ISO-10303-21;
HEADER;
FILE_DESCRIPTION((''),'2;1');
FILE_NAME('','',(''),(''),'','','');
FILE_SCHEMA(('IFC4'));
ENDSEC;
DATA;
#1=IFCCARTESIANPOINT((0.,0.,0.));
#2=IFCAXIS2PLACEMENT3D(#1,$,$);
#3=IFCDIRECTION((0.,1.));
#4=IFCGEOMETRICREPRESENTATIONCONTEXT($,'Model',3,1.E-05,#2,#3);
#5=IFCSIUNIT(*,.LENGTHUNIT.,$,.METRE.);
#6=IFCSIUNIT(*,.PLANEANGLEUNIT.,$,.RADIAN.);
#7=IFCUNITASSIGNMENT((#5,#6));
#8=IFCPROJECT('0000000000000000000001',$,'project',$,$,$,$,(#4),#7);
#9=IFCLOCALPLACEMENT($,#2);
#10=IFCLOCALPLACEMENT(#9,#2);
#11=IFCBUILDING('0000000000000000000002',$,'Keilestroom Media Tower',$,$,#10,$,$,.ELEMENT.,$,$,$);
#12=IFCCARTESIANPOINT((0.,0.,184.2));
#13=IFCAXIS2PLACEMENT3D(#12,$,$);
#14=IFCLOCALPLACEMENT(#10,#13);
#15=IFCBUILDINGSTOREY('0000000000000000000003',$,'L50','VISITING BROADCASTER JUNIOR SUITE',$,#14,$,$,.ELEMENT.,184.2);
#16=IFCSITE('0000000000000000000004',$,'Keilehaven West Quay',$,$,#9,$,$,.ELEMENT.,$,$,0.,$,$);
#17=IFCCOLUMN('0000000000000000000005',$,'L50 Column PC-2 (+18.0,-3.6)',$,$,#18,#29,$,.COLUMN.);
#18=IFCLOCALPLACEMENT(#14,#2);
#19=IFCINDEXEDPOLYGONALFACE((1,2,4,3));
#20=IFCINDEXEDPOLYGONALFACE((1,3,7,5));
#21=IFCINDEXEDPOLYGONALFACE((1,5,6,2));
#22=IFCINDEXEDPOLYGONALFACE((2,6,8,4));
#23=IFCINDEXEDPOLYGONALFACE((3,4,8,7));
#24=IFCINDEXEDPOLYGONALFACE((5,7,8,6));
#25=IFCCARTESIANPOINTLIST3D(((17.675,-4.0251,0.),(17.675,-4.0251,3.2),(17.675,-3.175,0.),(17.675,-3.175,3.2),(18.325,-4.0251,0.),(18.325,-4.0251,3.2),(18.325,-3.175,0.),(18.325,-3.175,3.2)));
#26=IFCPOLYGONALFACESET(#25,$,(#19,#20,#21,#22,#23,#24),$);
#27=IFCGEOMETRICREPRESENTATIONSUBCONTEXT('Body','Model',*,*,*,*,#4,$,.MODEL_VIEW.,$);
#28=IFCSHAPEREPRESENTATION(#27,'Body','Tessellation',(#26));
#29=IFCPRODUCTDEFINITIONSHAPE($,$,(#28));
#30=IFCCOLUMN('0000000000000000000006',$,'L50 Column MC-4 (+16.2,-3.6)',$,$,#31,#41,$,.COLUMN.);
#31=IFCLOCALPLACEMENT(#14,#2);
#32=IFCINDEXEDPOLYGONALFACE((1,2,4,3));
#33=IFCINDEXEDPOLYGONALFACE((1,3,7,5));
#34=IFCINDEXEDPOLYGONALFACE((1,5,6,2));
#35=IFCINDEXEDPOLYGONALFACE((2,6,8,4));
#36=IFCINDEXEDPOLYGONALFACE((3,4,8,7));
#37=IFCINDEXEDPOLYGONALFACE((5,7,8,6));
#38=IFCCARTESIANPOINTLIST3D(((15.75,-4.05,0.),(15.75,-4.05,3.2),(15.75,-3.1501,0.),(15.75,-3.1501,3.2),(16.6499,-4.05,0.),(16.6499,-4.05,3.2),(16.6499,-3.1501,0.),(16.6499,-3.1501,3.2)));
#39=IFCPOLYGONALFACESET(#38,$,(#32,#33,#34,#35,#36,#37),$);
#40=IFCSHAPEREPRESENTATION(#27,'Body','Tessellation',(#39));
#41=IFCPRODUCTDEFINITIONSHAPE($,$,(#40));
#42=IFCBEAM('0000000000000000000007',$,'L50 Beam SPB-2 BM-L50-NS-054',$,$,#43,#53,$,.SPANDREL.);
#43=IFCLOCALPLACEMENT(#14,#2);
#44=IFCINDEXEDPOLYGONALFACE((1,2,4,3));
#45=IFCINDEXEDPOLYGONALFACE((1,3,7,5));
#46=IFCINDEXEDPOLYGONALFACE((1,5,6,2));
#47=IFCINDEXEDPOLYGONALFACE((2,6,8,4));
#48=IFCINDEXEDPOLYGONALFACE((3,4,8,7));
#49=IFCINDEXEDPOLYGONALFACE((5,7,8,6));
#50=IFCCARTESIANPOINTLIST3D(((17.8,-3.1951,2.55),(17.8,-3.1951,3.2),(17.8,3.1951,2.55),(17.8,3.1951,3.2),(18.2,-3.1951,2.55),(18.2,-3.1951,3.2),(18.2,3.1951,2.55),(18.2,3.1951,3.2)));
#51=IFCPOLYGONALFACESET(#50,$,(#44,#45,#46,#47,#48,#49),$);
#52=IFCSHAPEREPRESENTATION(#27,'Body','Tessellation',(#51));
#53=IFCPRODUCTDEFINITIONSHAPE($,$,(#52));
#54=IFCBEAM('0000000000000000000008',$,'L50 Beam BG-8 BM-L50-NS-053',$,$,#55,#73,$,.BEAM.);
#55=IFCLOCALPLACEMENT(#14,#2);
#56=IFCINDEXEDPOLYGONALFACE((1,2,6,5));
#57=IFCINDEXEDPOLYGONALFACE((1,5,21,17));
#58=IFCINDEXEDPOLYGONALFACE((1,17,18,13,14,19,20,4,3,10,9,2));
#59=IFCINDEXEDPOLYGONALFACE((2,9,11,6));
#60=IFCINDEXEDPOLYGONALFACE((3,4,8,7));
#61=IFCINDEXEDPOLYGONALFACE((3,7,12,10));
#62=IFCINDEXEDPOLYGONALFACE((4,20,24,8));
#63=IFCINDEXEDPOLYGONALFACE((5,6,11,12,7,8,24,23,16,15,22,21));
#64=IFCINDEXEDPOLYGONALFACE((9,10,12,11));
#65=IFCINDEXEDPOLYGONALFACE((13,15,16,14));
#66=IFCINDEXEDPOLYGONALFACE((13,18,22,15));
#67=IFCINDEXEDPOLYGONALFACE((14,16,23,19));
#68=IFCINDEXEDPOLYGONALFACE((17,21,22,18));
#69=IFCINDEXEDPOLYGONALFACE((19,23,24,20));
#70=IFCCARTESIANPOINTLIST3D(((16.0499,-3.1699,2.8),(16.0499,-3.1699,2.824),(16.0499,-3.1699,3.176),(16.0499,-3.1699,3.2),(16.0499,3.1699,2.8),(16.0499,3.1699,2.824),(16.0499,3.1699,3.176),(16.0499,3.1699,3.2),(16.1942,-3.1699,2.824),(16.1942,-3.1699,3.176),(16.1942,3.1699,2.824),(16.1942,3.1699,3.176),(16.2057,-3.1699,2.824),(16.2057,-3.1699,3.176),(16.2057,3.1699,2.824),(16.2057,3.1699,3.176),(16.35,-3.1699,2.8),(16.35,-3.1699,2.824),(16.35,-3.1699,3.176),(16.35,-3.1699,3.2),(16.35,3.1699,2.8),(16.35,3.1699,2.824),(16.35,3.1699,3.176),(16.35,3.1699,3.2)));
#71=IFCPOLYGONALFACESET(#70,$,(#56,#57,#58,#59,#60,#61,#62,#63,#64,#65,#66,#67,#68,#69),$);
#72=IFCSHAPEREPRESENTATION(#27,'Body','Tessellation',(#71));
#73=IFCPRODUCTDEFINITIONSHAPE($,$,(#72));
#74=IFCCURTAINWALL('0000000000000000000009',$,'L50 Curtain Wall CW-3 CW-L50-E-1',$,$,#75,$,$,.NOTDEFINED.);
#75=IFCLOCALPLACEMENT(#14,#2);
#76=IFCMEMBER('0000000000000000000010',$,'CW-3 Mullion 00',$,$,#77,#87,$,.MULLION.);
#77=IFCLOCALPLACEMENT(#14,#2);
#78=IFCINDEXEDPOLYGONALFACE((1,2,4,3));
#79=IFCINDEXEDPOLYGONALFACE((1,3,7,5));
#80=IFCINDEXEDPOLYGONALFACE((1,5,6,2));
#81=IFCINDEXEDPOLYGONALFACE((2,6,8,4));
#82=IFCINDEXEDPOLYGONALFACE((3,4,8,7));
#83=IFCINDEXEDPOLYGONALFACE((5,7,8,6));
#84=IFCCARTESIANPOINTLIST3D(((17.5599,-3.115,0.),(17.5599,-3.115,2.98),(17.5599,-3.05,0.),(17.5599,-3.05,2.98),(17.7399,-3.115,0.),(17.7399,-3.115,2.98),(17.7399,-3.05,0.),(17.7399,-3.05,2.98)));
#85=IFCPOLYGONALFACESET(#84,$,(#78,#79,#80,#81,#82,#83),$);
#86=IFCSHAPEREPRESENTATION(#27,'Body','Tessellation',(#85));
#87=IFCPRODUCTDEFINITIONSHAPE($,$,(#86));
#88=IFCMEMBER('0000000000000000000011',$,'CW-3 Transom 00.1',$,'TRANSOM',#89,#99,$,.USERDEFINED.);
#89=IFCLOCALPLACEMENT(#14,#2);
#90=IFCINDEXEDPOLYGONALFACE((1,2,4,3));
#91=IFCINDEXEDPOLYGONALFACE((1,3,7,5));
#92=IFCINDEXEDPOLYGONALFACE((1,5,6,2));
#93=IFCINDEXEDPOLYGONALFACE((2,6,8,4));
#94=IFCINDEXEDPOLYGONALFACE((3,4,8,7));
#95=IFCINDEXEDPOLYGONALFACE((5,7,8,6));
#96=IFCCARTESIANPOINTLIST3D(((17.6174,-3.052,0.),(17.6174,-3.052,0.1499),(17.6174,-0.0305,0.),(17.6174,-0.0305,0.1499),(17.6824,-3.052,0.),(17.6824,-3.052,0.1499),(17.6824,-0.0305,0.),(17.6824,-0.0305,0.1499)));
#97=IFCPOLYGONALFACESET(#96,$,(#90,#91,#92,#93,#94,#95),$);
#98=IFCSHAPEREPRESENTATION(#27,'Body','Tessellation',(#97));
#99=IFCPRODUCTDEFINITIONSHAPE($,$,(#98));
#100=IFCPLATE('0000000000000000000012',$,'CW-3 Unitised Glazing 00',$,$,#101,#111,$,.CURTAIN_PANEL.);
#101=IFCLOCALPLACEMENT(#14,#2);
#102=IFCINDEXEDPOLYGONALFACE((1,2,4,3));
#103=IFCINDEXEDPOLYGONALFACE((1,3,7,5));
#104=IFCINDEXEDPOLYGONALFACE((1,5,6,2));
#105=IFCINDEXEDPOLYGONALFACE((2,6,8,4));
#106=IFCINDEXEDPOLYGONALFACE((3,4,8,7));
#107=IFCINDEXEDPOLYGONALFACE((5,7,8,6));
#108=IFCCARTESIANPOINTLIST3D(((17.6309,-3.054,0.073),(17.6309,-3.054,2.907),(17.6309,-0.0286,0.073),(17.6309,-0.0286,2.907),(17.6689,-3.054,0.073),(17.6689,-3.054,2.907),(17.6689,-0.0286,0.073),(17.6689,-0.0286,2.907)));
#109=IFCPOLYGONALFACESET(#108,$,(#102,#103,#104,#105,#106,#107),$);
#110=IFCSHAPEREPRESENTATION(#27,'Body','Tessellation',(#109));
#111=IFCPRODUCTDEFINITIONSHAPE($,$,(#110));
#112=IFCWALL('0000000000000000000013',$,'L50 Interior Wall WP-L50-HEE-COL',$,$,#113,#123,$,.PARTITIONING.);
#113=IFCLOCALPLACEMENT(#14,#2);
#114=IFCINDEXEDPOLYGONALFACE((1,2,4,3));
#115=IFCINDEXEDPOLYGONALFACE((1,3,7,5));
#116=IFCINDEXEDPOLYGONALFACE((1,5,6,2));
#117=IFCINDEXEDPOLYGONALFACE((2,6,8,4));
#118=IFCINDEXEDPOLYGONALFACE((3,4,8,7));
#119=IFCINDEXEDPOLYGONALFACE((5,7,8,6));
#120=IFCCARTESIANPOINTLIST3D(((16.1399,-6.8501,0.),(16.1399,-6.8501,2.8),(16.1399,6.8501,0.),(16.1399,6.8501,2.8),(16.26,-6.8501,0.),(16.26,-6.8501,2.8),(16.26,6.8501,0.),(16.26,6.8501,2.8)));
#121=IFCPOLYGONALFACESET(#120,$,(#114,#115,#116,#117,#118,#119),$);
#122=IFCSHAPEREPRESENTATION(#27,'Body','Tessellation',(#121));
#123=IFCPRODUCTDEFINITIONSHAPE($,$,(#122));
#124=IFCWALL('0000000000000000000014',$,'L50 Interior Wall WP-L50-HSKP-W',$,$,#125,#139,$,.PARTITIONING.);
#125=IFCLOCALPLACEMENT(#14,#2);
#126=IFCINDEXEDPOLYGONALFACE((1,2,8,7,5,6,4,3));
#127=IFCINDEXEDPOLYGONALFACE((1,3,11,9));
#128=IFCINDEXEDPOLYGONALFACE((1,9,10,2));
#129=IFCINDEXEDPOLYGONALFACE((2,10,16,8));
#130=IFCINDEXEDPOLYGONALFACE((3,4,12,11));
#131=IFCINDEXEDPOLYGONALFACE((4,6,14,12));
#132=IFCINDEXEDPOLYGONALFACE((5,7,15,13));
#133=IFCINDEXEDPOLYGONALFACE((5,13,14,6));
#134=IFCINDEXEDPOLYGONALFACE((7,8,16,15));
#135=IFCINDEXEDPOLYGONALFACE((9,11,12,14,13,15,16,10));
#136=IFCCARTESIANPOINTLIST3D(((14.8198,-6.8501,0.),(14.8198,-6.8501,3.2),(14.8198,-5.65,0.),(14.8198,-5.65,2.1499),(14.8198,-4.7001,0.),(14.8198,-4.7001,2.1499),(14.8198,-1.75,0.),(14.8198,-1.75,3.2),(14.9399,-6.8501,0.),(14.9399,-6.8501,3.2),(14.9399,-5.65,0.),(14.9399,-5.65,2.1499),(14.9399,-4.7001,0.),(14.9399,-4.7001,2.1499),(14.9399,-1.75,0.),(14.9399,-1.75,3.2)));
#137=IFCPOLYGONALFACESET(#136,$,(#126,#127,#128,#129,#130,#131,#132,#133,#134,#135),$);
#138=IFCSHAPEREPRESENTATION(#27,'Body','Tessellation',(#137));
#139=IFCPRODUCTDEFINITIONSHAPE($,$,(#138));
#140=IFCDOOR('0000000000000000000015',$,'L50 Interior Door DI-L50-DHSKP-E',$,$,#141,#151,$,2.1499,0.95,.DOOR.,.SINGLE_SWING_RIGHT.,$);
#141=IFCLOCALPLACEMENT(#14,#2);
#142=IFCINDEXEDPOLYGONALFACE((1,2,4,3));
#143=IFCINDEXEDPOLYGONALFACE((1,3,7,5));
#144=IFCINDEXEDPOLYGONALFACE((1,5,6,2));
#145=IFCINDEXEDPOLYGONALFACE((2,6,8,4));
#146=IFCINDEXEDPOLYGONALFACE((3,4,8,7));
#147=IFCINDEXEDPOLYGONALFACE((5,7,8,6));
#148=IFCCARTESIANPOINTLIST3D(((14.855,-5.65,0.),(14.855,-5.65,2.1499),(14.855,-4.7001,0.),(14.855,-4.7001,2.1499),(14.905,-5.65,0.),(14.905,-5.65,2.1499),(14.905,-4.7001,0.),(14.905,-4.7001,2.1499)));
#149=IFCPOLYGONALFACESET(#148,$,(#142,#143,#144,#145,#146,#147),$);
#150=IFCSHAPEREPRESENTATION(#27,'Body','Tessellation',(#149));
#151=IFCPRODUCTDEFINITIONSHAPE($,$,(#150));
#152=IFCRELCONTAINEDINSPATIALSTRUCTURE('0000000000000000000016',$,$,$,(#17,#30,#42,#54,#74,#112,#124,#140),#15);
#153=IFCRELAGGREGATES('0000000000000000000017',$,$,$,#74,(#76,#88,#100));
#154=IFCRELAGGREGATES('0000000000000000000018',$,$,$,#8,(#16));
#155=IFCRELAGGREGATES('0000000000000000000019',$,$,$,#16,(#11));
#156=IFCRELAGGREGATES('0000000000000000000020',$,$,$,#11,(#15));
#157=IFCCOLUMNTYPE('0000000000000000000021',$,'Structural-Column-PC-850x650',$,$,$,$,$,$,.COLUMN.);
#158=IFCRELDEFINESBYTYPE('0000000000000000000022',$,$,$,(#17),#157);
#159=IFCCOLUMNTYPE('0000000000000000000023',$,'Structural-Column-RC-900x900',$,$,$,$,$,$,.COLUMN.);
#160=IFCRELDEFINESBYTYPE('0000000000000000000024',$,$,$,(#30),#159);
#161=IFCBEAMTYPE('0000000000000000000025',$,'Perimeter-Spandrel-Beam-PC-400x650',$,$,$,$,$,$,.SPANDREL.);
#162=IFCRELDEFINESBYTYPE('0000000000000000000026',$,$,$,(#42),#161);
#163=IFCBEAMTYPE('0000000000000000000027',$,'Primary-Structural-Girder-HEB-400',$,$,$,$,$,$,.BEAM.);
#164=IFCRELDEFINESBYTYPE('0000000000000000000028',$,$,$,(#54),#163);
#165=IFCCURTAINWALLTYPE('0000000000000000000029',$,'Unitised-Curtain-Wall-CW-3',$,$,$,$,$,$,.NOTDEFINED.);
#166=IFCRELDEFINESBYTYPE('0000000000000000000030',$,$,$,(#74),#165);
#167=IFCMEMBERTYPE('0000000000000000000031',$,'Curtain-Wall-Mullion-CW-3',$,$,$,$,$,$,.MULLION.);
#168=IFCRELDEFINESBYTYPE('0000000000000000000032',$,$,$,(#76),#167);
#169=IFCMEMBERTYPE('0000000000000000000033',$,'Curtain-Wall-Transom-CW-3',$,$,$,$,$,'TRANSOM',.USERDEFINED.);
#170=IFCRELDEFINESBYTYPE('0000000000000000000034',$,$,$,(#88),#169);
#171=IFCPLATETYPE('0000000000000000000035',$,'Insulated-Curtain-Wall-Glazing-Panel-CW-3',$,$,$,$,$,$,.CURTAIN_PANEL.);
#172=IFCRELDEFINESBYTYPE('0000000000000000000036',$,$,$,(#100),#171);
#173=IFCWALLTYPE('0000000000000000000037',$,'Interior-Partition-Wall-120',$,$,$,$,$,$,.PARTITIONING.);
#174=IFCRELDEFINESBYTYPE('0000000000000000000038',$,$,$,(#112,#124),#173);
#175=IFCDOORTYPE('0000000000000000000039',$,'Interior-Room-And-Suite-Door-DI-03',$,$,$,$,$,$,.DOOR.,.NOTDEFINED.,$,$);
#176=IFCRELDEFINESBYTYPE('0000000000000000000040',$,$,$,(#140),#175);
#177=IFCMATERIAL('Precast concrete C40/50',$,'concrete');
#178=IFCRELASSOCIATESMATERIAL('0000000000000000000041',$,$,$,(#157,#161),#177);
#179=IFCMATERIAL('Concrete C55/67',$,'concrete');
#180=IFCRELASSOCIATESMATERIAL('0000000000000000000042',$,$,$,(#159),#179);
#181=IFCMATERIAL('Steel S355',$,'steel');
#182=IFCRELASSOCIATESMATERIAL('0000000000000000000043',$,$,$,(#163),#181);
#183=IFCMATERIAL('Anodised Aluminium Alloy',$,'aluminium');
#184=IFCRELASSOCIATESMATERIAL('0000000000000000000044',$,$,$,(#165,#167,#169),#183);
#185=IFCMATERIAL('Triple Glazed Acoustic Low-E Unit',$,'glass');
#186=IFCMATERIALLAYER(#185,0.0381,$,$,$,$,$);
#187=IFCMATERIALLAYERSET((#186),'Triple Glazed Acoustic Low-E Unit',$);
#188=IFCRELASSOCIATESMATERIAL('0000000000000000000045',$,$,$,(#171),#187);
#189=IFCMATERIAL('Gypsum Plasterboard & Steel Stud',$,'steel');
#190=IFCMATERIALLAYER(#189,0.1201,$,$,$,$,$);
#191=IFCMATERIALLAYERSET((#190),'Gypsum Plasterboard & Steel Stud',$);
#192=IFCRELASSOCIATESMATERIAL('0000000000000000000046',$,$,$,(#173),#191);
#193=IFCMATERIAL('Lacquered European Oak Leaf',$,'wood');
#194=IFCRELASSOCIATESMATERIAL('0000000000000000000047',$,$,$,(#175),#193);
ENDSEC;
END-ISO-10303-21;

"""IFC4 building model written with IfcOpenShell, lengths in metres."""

from ifc_helpers import new_model, si_unit, direction, frame, frame_2d, origin, origin_2d, place, context, subcontext, project, spatial, rectangle, i_section, extrude, source, transform, mapped, material, layer, layer_set, material_profile, profile_set, type_object, element, fill, aggregate, save


model = new_model("IFC4")

# Units and contexts
model_context = context("Model", 3, precision=1e-05, world=origin(), true_north=direction((0.0, 1.0)))
body_context = subcontext(model_context, "Body", "Model", "MODEL_VIEW")
ifc_project = project(units=[si_unit("LENGTHUNIT", "METRE"), si_unit("PLANEANGLEUNIT", "RADIAN")], contexts=[model_context])

# Site, building, storey
site_placement = place(None, origin())
site = spatial("IfcSite", under=ifc_project, at=site_placement, Name="Keilehaven West Quay", CompositionType="ELEMENT", RefElevation=0.0)
building_placement = place(site_placement, origin())
building = spatial("IfcBuilding", under=site, at=building_placement, Name="Keilestroom Media Tower", CompositionType="ELEMENT")
storey_placement = place(building_placement, frame((0.0, 0.0, 184.2)))
storey = spatial("IfcBuildingStorey", under=building, at=storey_placement, Name="L50", Description="VISITING BROADCASTER JUNIOR SUITE", CompositionType="ELEMENT", Elevation=184.2)

# Columns
ifc_material_1 = material(Name="Precast concrete C40/50", Category="concrete")
ifc_material_profile_1 = material_profile(ifc_material_1, rectangle(XDim=0.6499, YDim=0.8501, at=origin_2d()), Name="PC 850x650")
ifc_profile_set_1 = profile_set([ifc_material_profile_1], Name="Precast concrete C40/50")
column_type_1 = type_object("IfcColumnType", Name="Structural-Column-PC-850x650", PredefinedType="COLUMN", material=ifc_profile_set_1)
shared_shape_1 = source(origin(), body_context, "Body", "SweptSolid", [
    extrude(rectangle(XDim=0.6499, YDim=0.8501, at=origin_2d()), origin(), (0.0, 0.0, 1.0), 3.2),
])
column_1_placement = place(storey_placement, frame((18.0, -3.6001, 0.0), z_axis=(0.0, 0.0, 1.0), x_axis=(1.0, 0.0, 0.0)))
element("IfcColumn", 1, at=column_1_placement, inside=storey, type_object=column_type_1, Name="L50 Column PC-2 (+18.0,-3.6)", PredefinedType="COLUMN", context=body_context, shape_type="MappedRepresentation", body=[
    mapped(shared_shape_1, transform((0.0, 0.0, 0.0), x_axis=(1.0, 0.0, 0.0), y_axis=(0.0, 1.0, 0.0), z_axis=(0.0, 0.0, 1.0), scale=1.0)),
])
ifc_material_2 = material(Name="Concrete C55/67", Category="concrete")
ifc_material_profile_2 = material_profile(ifc_material_2, rectangle(XDim=0.8999, YDim=0.8999, at=origin_2d()), Name="RC 900x900")
ifc_profile_set_2 = profile_set([ifc_material_profile_2], Name="Concrete C55/67")
column_type_2 = type_object("IfcColumnType", Name="Structural-Column-RC-900x900", PredefinedType="COLUMN", material=ifc_profile_set_2)
shared_shape_2 = source(origin(), body_context, "Body", "SweptSolid", [
    extrude(rectangle(XDim=0.8999, YDim=0.8999, at=origin_2d()), origin(), (0.0, 0.0, 1.0), 3.2),
])
column_2_placement = place(storey_placement, frame((16.2, -3.6001, 0.0), z_axis=(0.0, 0.0, 1.0), x_axis=(1.0, 0.0, 0.0)))
element("IfcColumn", 2, at=column_2_placement, inside=storey, type_object=column_type_2, Name="L50 Column MC-4 (+16.2,-3.6)", PredefinedType="COLUMN", context=body_context, shape_type="MappedRepresentation", body=[
    mapped(shared_shape_2, transform((0.0, 0.0, 0.0), x_axis=(1.0, 0.0, 0.0), y_axis=(0.0, 1.0, 0.0), z_axis=(0.0, 0.0, 1.0), scale=1.0)),
])

# Beams
ifc_material_profile_3 = material_profile(ifc_material_1, rectangle(XDim=0.3999, YDim=0.6499, at=origin_2d()), Name="PC 400x650")
ifc_profile_set_3 = profile_set([ifc_material_profile_3], Name="Precast concrete C40/50")
beam_type_1 = type_object("IfcBeamType", Name="Perimeter-Spandrel-Beam-PC-400x650", PredefinedType="SPANDREL", material=ifc_profile_set_3)
shared_shape_3 = source(origin(), body_context, "Body", "SweptSolid", [
    extrude(rectangle(XDim=0.3999, YDim=0.6499, at=origin_2d()), origin(), (0.0, 0.0, 1.0), 6.3901),
])
beam_1_placement = place(storey_placement, frame((18.0, -3.1951, 2.875), z_axis=(0.0, 1.0, 0.0), x_axis=(-1.0, 0.0, 0.0)))
element("IfcBeam", 3, at=beam_1_placement, inside=storey, type_object=beam_type_1, Name="L50 Beam SPB-2 BM-L50-NS-054", PredefinedType="SPANDREL", context=body_context, shape_type="MappedRepresentation", body=[
    mapped(shared_shape_3, transform((0.0, 0.0, 0.0), x_axis=(1.0, 0.0, 0.0), y_axis=(0.0, 1.0, 0.0), z_axis=(0.0, 0.0, 1.0), scale=1.0)),
])
ifc_material_3 = material(Name="Steel S355", Category="steel")
ifc_material_profile_4 = material_profile(ifc_material_3, i_section(OverallWidth=0.3, OverallDepth=0.3999, WebThickness=0.0115, FlangeThickness=0.0239, at=origin_2d()), Name="HEB 400")
ifc_profile_set_4 = profile_set([ifc_material_profile_4], Name="Steel S355")
beam_type_2 = type_object("IfcBeamType", Name="Primary-Structural-Girder-HEB-400", PredefinedType="BEAM", material=ifc_profile_set_4)
shared_shape_4 = source(origin(), body_context, "Body", "SweptSolid", [
    extrude(i_section(OverallWidth=0.3, OverallDepth=0.3999, WebThickness=0.0115, FlangeThickness=0.0239, at=origin_2d()), origin(), (0.0, 0.0, 1.0), 6.3398),
])
beam_2_placement = place(storey_placement, frame((16.2, -3.1699, 3.0), z_axis=(0.0, 1.0, 0.0), x_axis=(-1.0, 0.0, 0.0)))
element("IfcBeam", 4, at=beam_2_placement, inside=storey, type_object=beam_type_2, Name="L50 Beam BG-8 BM-L50-NS-053", PredefinedType="BEAM", context=body_context, shape_type="MappedRepresentation", body=[
    mapped(shared_shape_4, transform((0.0, 0.0, 0.0), x_axis=(1.0, 0.0, 0.0), y_axis=(0.0, 1.0, 0.0), z_axis=(0.0, 0.0, 1.0), scale=1.0)),
])

# Curtain wall, members, plate
ifc_material_4 = material(Name="Anodised Aluminium Alloy", Category="aluminium")
curtain_wall_type = type_object("IfcCurtainWallType", Name="Unitised-Curtain-Wall-CW-3", PredefinedType="NOTDEFINED", material=ifc_material_4)
curtain_wall_placement = place(storey_placement, origin())
curtain_wall = element("IfcCurtainWall", 5, at=curtain_wall_placement, inside=storey, type_object=curtain_wall_type, Name="L50 Curtain Wall CW-3 CW-L50-E-1", PredefinedType="NOTDEFINED")
ifc_material_profile_5 = material_profile(ifc_material_4, rectangle(XDim=0.0649, YDim=0.1799, at=origin_2d()), Name="ALU MULLION 65x180")
ifc_profile_set_5 = profile_set([ifc_material_profile_5], Name="Anodised Aluminium Alloy")
member_type_1 = type_object("IfcMemberType", Name="Curtain-Wall-Mullion-CW-3", PredefinedType="MULLION", material=ifc_profile_set_5)
shared_shape_5 = source(origin(), body_context, "Body", "SweptSolid", [
    extrude(rectangle(XDim=0.0649, YDim=0.1799, at=origin_2d()), origin(), (0.0, 0.0, 1.0), 2.98),
])
member_1_placement = place(storey_placement, frame((17.6499, -3.0825, 0.0), z_axis=(0.0, 0.0, 1.0), x_axis=(0.0, 1.0, 0.0)))
member_1 = element("IfcMember", 6, at=member_1_placement, type_object=member_type_1, Name="CW-3 Mullion 00", PredefinedType="MULLION", context=body_context, shape_type="MappedRepresentation", body=[
    mapped(shared_shape_5, transform((0.0, 0.0, 0.0), x_axis=(1.0, 0.0, 0.0), y_axis=(0.0, 1.0, 0.0), z_axis=(0.0, 0.0, 1.0), scale=1.0)),
])
ifc_material_profile_6 = material_profile(ifc_material_4, rectangle(XDim=0.0649, YDim=0.1499, at=origin_2d()), Name="ALU TRANSOM 65x150")
ifc_profile_set_6 = profile_set([ifc_material_profile_6], Name="Anodised Aluminium Alloy")
member_type_2 = type_object("IfcMemberType", Name="Curtain-Wall-Transom-CW-3", ElementType="TRANSOM", PredefinedType="USERDEFINED", material=ifc_profile_set_6)
shared_shape_6 = source(origin(), body_context, "Body", "SweptSolid", [
    extrude(rectangle(XDim=0.0649, YDim=0.1499, at=origin_2d()), origin(), (0.0, 0.0, 1.0), 3.0215),
])
member_2_placement = place(storey_placement, frame((17.6499, -3.052, 0.075), z_axis=(0.0, 1.0, 0.0), x_axis=(-1.0, 0.0, 0.0)))
member_2 = element("IfcMember", 7, at=member_2_placement, type_object=member_type_2, Name="CW-3 Transom 00.1", ObjectType="TRANSOM", PredefinedType="USERDEFINED", context=body_context, shape_type="MappedRepresentation", body=[
    mapped(shared_shape_6, transform((0.0, 0.0, 0.0), x_axis=(1.0, 0.0, 0.0), y_axis=(0.0, 1.0, 0.0), z_axis=(0.0, 0.0, 1.0), scale=1.0)),
])
ifc_material_5 = material(Name="Triple Glazed Acoustic Low-E Unit", Category="glass")
ifc_layer_1 = layer(ifc_material_5, 0.0381)
ifc_layer_set_1 = layer_set([ifc_layer_1], Name="Triple Glazed Acoustic Low-E Unit")
plate_type = type_object("IfcPlateType", Name="Insulated-Curtain-Wall-Glazing-Panel-CW-3", PredefinedType="CURTAIN_PANEL", material=ifc_layer_set_1)
shared_shape_7 = source(origin(), body_context, "Body", "SweptSolid", [
    extrude(rectangle(XDim=3.0254, YDim=0.0381, at=origin_2d()), origin(), (0.0, 0.0, 1.0), 2.834),
])
plate_placement = place(storey_placement, frame((17.6499, -1.5413, 0.073), z_axis=(0.0, 0.0, 1.0), x_axis=(0.0, 1.0, 0.0)))
plate = element("IfcPlate", 8, at=plate_placement, type_object=plate_type, Name="CW-3 Unitised Glazing 00", PredefinedType="CURTAIN_PANEL", context=body_context, shape_type="MappedRepresentation", body=[
    mapped(shared_shape_7, transform((0.0, 0.0, 0.0), x_axis=(1.0, 0.0, 0.0), y_axis=(0.0, 1.0, 0.0), z_axis=(0.0, 0.0, 1.0), scale=1.0)),
])
aggregate(curtain_wall, [member_1, member_2, plate])

# Wall
ifc_material_6 = material(Name="Gypsum Plasterboard & Steel Stud", Category="steel")
ifc_layer_2 = layer(ifc_material_6, 0.1201)
ifc_layer_set_2 = layer_set([ifc_layer_2], Name="Gypsum Plasterboard & Steel Stud")
wall_type_1 = type_object("IfcWallType", Name="Interior-Partition-Wall-120", PredefinedType="PARTITIONING", material=ifc_layer_set_2)
wall_1_placement = place(storey_placement, frame((16.2, -6.8501, 0.0), z_axis=(0.0, 0.0, 1.0), x_axis=(0.0, 1.0, 0.0)))
element("IfcWall", 9, at=wall_1_placement, inside=storey, type_object=wall_type_1, Name="L50 Interior Wall WP-L50-HEE-COL", PredefinedType="PARTITIONING", context=body_context, shape_type="SweptSolid", body=[
    extrude(rectangle(XDim=13.7002, YDim=0.1201, at=frame_2d((6.8501, 0.0))), origin(), (0.0, 0.0, 1.0), 2.8),
])

# Wall, opening, door
wall_2_placement = place(storey_placement, frame((14.8799, -6.8501, 0.0), z_axis=(0.0, 0.0, 1.0), x_axis=(0.0, 1.0, 0.0)))
wall_2 = element("IfcWall", 10, at=wall_2_placement, inside=storey, type_object=wall_type_1, Name="L50 Interior Wall WP-L50-HSKP-W", PredefinedType="PARTITIONING", context=body_context, shape_type="SweptSolid", body=[
    extrude(rectangle(XDim=5.1001, YDim=0.1201, at=frame_2d((2.55, 0.0))), origin(), (0.0, 0.0, 1.0), 3.2),
])
opening_placement = place(wall_2_placement, frame((1.2, 0.0, 0.0)))
opening = element("IfcOpeningElement", 11, at=opening_placement, cuts=wall_2, PredefinedType="OPENING", context=body_context, shape_type="SweptSolid", body=[
    extrude(rectangle(XDim=0.95, YDim=2.1499, at=frame_2d((0.4751, 1.075))), frame((0.0, 0.0701, 0.0), z_axis=(0.0, -1.0, 0.0), x_axis=(1.0, 0.0, 0.0)), (0.0, 0.0, 1.0), 0.1401),
])
ifc_material_7 = material(Name="Lacquered European Oak Leaf", Category="wood")
door_type = type_object("IfcDoorType", Name="Interior-Room-And-Suite-Door-DI-03", OperationType="NOTDEFINED", PredefinedType="DOOR", material=ifc_material_7)
shared_shape_8 = source(origin(), body_context, "Body", "SweptSolid", [
    extrude(rectangle(XDim=0.95, YDim=2.1499, at=frame_2d((0.4751, 1.075))), frame((0.0, 0.0249, 0.0), z_axis=(0.0, -1.0, 0.0), x_axis=(1.0, 0.0, 0.0)), (0.0, 0.0, 1.0), 0.05),
])
door_placement = place(opening_placement, origin())
door = element("IfcDoor", 12, at=door_placement, inside=storey, type_object=door_type, Name="L50 Interior Door DI-L50-DHSKP-E", OperationType="SINGLE_SWING_RIGHT", OverallHeight=2.1499, OverallWidth=0.95, PredefinedType="DOOR", context=body_context, shape_type="MappedRepresentation", body=[
    mapped(shared_shape_8, transform((0.0, 0.0, 0.0), x_axis=(1.0, 0.0, 0.0), y_axis=(0.0, 1.0, 0.0), z_axis=(0.0, 0.0, 1.0), scale=1.0)),
])
fill(opening, door)

save(model, "model.ifc")
